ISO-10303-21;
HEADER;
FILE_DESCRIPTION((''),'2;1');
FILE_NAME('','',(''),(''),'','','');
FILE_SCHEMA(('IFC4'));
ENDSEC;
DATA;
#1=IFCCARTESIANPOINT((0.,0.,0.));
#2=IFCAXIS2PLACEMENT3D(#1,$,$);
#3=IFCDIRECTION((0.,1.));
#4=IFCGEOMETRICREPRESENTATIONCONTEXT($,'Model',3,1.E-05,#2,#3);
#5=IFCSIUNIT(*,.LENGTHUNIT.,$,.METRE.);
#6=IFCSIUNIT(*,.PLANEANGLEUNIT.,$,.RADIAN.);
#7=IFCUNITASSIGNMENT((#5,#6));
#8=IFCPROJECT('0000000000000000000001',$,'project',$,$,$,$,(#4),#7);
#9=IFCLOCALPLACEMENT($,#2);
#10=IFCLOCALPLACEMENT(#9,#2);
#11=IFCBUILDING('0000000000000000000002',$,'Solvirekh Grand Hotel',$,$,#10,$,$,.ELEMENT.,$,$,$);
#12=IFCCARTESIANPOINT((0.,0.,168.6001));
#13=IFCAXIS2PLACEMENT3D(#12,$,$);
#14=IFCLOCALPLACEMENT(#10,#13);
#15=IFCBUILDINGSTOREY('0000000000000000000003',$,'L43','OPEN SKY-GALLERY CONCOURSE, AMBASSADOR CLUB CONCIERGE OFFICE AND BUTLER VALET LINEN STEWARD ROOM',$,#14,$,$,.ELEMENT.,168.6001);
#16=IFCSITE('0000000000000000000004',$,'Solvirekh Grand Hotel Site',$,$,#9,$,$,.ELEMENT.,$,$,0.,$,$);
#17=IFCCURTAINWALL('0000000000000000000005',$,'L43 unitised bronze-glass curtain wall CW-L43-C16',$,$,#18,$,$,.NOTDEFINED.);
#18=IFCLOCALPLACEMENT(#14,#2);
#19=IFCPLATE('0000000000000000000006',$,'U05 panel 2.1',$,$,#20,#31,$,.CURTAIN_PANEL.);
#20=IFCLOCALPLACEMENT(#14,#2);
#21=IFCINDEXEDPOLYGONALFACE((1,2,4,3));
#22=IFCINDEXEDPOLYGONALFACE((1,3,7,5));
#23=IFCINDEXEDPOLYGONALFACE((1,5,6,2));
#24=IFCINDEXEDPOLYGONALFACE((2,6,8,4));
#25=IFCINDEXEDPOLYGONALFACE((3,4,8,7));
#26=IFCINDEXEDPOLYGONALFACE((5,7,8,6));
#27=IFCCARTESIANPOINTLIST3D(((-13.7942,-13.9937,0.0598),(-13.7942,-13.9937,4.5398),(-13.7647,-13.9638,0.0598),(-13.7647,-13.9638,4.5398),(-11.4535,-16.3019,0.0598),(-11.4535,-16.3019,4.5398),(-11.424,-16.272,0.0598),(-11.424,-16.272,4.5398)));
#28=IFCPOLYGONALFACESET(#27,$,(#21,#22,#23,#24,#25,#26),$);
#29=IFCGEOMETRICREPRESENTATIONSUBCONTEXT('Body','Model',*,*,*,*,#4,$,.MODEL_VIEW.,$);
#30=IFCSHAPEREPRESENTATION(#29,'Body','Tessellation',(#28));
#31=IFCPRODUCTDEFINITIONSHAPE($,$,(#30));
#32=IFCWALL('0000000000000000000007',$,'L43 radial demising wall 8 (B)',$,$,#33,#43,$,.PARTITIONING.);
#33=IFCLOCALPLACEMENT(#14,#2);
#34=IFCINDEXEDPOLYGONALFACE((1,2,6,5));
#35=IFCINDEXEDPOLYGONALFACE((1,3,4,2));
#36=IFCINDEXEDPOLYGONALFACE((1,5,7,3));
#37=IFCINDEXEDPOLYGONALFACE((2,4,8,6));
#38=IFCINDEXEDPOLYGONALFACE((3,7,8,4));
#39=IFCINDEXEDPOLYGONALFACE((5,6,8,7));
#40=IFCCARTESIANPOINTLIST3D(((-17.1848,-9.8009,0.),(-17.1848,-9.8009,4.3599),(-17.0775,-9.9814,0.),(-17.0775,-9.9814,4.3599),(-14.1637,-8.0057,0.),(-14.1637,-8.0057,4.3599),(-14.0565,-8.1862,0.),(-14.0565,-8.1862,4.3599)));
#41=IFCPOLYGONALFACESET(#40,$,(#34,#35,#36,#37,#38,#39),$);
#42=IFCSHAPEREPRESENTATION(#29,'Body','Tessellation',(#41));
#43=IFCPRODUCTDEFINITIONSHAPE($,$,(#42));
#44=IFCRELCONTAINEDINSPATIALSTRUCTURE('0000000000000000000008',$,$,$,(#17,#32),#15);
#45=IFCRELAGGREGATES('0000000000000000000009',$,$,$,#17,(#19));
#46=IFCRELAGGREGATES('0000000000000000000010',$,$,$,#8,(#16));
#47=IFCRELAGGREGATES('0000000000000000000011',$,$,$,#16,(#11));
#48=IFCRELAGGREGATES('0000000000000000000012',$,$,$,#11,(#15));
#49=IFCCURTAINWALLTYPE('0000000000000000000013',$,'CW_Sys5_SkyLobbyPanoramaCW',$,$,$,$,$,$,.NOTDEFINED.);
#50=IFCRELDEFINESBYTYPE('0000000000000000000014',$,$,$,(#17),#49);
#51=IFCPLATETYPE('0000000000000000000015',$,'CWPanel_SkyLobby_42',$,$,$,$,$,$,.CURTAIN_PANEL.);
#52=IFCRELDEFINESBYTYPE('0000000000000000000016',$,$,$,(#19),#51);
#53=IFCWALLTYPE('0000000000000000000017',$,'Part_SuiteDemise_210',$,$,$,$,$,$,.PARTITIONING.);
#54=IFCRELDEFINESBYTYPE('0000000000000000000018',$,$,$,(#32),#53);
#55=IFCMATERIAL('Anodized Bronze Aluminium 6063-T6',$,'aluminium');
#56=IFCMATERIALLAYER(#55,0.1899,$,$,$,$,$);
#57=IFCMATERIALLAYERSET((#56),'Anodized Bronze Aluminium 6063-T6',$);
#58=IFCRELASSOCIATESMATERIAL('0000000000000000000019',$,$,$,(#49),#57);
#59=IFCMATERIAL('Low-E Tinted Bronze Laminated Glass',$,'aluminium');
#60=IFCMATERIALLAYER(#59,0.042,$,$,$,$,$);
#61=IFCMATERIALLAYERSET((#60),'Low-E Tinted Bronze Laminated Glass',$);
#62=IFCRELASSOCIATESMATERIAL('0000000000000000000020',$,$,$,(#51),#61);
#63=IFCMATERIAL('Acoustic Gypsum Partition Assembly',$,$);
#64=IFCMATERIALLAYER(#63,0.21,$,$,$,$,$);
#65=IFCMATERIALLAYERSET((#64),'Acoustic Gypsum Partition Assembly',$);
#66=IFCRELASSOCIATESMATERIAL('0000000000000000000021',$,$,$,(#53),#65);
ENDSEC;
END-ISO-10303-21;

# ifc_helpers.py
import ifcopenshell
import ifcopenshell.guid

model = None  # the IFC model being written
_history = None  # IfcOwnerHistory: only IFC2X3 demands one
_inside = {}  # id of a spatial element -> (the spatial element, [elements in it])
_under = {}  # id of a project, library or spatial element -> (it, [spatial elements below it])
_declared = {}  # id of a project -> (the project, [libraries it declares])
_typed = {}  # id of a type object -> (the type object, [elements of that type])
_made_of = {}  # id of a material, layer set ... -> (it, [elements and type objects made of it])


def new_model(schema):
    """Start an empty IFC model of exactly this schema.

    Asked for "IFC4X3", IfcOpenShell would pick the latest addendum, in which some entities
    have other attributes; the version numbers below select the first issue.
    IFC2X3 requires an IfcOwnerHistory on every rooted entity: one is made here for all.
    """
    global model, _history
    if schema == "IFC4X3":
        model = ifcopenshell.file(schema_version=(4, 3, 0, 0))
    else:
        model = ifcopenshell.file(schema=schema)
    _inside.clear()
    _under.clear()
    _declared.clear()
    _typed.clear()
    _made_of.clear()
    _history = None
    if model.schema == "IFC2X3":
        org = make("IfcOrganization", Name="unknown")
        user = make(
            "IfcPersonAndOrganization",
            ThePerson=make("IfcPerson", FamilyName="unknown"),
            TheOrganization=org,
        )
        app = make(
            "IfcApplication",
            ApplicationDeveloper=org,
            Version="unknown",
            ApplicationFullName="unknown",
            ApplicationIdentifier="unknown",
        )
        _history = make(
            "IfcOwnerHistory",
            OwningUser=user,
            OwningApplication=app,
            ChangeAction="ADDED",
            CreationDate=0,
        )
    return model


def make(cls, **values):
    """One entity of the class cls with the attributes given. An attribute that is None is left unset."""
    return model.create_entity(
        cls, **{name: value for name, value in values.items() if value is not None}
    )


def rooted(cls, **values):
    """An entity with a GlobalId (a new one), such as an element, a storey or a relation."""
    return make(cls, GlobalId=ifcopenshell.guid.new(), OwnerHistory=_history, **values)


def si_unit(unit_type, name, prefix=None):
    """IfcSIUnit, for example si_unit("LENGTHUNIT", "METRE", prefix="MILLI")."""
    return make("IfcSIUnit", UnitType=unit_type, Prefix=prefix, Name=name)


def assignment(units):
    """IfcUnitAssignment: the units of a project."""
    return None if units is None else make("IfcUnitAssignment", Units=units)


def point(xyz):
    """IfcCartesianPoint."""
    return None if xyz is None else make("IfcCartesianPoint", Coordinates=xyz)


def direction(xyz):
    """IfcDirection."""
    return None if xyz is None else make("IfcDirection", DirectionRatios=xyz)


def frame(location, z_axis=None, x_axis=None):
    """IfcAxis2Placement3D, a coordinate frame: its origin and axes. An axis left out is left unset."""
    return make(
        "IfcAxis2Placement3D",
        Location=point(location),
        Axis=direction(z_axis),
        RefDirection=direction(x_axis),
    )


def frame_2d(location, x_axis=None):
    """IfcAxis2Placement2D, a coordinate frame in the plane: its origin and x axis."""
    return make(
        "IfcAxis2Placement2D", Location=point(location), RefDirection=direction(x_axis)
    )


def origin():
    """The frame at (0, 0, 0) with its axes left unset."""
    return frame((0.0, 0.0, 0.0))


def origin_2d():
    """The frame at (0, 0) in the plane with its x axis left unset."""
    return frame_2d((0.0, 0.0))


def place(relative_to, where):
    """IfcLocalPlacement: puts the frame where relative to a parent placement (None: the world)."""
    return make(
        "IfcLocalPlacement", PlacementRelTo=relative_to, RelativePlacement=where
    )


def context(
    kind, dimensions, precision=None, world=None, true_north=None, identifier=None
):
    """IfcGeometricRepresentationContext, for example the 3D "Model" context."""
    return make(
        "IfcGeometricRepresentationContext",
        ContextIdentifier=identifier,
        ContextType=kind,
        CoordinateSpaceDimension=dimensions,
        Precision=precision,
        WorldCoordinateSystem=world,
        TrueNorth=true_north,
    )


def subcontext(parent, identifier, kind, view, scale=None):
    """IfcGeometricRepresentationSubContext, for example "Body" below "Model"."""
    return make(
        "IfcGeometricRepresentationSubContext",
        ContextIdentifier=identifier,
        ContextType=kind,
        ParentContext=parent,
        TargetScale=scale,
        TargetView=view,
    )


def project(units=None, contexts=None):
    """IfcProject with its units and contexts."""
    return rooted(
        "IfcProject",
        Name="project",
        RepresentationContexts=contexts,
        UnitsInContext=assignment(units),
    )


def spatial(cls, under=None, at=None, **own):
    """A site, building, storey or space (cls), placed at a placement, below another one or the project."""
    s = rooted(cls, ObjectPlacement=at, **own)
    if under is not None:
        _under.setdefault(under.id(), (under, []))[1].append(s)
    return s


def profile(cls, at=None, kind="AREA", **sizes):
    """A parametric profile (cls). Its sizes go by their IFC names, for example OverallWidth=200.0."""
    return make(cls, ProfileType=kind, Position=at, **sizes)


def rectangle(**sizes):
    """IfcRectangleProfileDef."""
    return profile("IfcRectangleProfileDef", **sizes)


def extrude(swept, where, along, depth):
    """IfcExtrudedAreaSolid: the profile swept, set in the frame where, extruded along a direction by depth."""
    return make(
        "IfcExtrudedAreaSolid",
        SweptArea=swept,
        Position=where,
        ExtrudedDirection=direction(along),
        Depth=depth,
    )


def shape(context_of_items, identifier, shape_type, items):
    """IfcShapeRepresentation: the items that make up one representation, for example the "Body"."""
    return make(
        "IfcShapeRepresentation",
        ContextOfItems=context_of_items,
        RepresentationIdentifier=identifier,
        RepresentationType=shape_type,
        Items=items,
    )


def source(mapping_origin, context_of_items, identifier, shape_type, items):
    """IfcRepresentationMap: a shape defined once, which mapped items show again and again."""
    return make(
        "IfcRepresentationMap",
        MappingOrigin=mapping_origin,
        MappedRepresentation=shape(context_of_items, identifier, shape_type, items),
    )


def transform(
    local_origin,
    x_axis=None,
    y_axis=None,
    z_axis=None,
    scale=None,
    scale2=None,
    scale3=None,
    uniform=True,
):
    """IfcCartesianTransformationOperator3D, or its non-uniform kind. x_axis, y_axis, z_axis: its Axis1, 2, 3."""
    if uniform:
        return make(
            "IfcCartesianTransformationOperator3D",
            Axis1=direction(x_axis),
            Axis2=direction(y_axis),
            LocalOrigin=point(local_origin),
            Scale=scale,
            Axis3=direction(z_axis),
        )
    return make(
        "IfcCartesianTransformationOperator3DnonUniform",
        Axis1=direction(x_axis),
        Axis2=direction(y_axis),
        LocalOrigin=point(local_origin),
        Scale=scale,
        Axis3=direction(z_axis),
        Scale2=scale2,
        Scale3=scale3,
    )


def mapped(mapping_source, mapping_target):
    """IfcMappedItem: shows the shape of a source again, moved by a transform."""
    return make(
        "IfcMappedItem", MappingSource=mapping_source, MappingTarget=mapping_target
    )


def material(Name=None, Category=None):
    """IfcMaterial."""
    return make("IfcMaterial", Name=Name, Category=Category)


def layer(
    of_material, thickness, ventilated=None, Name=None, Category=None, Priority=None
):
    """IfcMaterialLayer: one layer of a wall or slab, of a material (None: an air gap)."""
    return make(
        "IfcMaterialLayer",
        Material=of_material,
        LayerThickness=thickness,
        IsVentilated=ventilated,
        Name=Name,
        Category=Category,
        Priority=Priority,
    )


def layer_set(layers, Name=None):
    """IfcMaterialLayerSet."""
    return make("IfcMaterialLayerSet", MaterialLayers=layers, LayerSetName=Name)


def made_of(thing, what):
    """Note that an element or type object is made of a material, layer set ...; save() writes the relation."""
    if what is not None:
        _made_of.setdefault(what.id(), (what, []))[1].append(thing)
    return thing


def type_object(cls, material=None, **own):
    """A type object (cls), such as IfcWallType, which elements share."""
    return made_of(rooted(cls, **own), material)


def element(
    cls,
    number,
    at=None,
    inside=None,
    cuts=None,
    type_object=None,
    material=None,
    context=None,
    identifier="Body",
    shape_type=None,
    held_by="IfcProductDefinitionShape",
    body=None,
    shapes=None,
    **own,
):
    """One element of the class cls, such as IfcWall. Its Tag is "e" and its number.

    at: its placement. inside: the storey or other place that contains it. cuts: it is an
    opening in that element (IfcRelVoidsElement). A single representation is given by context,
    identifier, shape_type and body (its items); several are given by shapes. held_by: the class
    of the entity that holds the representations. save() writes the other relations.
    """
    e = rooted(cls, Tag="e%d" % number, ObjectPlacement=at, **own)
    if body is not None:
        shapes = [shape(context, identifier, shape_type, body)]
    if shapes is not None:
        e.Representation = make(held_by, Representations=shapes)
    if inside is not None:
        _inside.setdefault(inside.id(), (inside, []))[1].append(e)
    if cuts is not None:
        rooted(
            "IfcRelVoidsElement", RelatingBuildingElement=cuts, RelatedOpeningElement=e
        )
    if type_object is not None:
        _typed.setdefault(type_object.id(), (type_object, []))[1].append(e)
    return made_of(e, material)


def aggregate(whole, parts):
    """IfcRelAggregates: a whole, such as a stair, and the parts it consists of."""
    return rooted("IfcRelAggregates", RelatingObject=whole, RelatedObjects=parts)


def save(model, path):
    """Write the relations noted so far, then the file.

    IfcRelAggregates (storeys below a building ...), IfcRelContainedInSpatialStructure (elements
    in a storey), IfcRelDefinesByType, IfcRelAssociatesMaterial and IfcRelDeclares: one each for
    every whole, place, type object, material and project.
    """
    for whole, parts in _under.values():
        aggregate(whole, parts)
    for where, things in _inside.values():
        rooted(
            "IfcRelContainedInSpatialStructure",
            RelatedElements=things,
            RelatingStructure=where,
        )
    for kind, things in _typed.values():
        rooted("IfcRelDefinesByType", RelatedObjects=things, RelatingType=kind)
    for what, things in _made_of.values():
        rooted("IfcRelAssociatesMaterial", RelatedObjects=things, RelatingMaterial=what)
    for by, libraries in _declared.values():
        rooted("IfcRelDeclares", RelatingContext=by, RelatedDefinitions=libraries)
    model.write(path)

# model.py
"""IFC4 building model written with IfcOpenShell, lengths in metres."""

from ifc_helpers import new_model, si_unit, direction, frame, frame_2d, origin, origin_2d, place, context, subcontext, project, spatial, rectangle, extrude, source, transform, mapped, material, layer, layer_set, type_object, element, aggregate, save


model = new_model("IFC4")

# Units and contexts
model_context = context("Model", 3, precision=1e-05, world=origin(), true_north=direction((0.0, 1.0)))
body_context = subcontext(model_context, "Body", "Model", "MODEL_VIEW")
ifc_project = project(units=[si_unit("LENGTHUNIT", "METRE"), si_unit("PLANEANGLEUNIT", "RADIAN")], contexts=[model_context])

# Site, building, storey
site_placement = place(None, origin())
site = spatial("IfcSite", under=ifc_project, at=site_placement, Name="Solvirekh Grand Hotel Site", CompositionType="ELEMENT", RefElevation=0.0)
building_placement = place(site_placement, origin())
building = spatial("IfcBuilding", under=site, at=building_placement, Name="Solvirekh Grand Hotel", CompositionType="ELEMENT")
storey_placement = place(building_placement, frame((0.0, 0.0, 168.6001)))
storey = spatial("IfcBuildingStorey", under=building, at=storey_placement, Name="L43", Description="OPEN SKY-GALLERY CONCOURSE, AMBASSADOR CLUB CONCIERGE OFFICE AND BUTLER VALET LINEN STEWARD ROOM", CompositionType="ELEMENT", Elevation=168.6001)

# Curtain wall
ifc_material_1 = material(Name="Anodized Bronze Aluminium 6063-T6", Category="aluminium")
ifc_layer_1 = layer(ifc_material_1, 0.1899)
ifc_layer_set_1 = layer_set([ifc_layer_1], Name="Anodized Bronze Aluminium 6063-T6")
curtain_wall_type = type_object("IfcCurtainWallType", Name="CW_Sys5_SkyLobbyPanoramaCW", PredefinedType="NOTDEFINED", material=ifc_layer_set_1)
curtain_wall_1_placement = place(storey_placement, origin())
curtain_wall_1 = element("IfcCurtainWall", 1, at=curtain_wall_1_placement, inside=storey, type_object=curtain_wall_type, Name="L43 unitised bronze-glass curtain wall CW-L43-C16", PredefinedType="NOTDEFINED")

# Plate
ifc_material_2 = material(Name="Low-E Tinted Bronze Laminated Glass", Category="aluminium")
ifc_layer_2 = layer(ifc_material_2, 0.042)
ifc_layer_set_2 = layer_set([ifc_layer_2], Name="Low-E Tinted Bronze Laminated Glass")
plate_type = type_object("IfcPlateType", Name="CWPanel_SkyLobby_42", PredefinedType="CURTAIN_PANEL", material=ifc_layer_set_2)
shared_shape_1 = source(origin(), body_context, "Body", "SweptSolid", [
    extrude(rectangle(XDim=3.2874, YDim=0.042, at=origin_2d()), origin(), (0.0, 0.0, 1.0), 4.48),
])
plate_1_placement = place(storey_placement, frame((-12.6091, -15.1328, 0.0598), z_axis=(0.0, 0.0, 1.0), x_axis=(0.712027, -0.702152, 0.0)))
plate_1 = element("IfcPlate", 2, at=plate_1_placement, type_object=plate_type, Name="U05 panel 2.1", PredefinedType="CURTAIN_PANEL", context=body_context, shape_type="MappedRepresentation", body=[
    mapped(shared_shape_1, transform((0.0, 0.0, 0.0), x_axis=(1.0, 0.0, 0.0), y_axis=(0.0, 1.0, 0.0), z_axis=(0.0, 0.0, 1.0), scale=1.0)),
])
aggregate(curtain_wall_1, [plate_1])

# Wall
ifc_material_3 = material(Name="Acoustic Gypsum Partition Assembly")
ifc_layer_3 = layer(ifc_material_3, 0.21)
ifc_layer_set_3 = layer_set([ifc_layer_3], Name="Acoustic Gypsum Partition Assembly")
wall_type = type_object("IfcWallType", Name="Part_SuiteDemise_210", PredefinedType="PARTITIONING", material=ifc_layer_set_3)
wall_placement = place(storey_placement, frame((-14.1101, -8.0959, 0.0), z_axis=(0.0, 0.0, 1.0), x_axis=(-0.859674, -0.510844, 0.0)))
element("IfcWall", 3, at=wall_placement, inside=storey, type_object=wall_type, Name="L43 radial demising wall 8 (B)", PredefinedType="PARTITIONING", context=body_context, shape_type="SweptSolid", body=[
    extrude(rectangle(XDim=3.5142, YDim=0.21, at=frame_2d((1.7571, 0.0))), origin(), (0.0, 0.0, 1.0), 4.3599),
])

save(model, "model.ifc")
